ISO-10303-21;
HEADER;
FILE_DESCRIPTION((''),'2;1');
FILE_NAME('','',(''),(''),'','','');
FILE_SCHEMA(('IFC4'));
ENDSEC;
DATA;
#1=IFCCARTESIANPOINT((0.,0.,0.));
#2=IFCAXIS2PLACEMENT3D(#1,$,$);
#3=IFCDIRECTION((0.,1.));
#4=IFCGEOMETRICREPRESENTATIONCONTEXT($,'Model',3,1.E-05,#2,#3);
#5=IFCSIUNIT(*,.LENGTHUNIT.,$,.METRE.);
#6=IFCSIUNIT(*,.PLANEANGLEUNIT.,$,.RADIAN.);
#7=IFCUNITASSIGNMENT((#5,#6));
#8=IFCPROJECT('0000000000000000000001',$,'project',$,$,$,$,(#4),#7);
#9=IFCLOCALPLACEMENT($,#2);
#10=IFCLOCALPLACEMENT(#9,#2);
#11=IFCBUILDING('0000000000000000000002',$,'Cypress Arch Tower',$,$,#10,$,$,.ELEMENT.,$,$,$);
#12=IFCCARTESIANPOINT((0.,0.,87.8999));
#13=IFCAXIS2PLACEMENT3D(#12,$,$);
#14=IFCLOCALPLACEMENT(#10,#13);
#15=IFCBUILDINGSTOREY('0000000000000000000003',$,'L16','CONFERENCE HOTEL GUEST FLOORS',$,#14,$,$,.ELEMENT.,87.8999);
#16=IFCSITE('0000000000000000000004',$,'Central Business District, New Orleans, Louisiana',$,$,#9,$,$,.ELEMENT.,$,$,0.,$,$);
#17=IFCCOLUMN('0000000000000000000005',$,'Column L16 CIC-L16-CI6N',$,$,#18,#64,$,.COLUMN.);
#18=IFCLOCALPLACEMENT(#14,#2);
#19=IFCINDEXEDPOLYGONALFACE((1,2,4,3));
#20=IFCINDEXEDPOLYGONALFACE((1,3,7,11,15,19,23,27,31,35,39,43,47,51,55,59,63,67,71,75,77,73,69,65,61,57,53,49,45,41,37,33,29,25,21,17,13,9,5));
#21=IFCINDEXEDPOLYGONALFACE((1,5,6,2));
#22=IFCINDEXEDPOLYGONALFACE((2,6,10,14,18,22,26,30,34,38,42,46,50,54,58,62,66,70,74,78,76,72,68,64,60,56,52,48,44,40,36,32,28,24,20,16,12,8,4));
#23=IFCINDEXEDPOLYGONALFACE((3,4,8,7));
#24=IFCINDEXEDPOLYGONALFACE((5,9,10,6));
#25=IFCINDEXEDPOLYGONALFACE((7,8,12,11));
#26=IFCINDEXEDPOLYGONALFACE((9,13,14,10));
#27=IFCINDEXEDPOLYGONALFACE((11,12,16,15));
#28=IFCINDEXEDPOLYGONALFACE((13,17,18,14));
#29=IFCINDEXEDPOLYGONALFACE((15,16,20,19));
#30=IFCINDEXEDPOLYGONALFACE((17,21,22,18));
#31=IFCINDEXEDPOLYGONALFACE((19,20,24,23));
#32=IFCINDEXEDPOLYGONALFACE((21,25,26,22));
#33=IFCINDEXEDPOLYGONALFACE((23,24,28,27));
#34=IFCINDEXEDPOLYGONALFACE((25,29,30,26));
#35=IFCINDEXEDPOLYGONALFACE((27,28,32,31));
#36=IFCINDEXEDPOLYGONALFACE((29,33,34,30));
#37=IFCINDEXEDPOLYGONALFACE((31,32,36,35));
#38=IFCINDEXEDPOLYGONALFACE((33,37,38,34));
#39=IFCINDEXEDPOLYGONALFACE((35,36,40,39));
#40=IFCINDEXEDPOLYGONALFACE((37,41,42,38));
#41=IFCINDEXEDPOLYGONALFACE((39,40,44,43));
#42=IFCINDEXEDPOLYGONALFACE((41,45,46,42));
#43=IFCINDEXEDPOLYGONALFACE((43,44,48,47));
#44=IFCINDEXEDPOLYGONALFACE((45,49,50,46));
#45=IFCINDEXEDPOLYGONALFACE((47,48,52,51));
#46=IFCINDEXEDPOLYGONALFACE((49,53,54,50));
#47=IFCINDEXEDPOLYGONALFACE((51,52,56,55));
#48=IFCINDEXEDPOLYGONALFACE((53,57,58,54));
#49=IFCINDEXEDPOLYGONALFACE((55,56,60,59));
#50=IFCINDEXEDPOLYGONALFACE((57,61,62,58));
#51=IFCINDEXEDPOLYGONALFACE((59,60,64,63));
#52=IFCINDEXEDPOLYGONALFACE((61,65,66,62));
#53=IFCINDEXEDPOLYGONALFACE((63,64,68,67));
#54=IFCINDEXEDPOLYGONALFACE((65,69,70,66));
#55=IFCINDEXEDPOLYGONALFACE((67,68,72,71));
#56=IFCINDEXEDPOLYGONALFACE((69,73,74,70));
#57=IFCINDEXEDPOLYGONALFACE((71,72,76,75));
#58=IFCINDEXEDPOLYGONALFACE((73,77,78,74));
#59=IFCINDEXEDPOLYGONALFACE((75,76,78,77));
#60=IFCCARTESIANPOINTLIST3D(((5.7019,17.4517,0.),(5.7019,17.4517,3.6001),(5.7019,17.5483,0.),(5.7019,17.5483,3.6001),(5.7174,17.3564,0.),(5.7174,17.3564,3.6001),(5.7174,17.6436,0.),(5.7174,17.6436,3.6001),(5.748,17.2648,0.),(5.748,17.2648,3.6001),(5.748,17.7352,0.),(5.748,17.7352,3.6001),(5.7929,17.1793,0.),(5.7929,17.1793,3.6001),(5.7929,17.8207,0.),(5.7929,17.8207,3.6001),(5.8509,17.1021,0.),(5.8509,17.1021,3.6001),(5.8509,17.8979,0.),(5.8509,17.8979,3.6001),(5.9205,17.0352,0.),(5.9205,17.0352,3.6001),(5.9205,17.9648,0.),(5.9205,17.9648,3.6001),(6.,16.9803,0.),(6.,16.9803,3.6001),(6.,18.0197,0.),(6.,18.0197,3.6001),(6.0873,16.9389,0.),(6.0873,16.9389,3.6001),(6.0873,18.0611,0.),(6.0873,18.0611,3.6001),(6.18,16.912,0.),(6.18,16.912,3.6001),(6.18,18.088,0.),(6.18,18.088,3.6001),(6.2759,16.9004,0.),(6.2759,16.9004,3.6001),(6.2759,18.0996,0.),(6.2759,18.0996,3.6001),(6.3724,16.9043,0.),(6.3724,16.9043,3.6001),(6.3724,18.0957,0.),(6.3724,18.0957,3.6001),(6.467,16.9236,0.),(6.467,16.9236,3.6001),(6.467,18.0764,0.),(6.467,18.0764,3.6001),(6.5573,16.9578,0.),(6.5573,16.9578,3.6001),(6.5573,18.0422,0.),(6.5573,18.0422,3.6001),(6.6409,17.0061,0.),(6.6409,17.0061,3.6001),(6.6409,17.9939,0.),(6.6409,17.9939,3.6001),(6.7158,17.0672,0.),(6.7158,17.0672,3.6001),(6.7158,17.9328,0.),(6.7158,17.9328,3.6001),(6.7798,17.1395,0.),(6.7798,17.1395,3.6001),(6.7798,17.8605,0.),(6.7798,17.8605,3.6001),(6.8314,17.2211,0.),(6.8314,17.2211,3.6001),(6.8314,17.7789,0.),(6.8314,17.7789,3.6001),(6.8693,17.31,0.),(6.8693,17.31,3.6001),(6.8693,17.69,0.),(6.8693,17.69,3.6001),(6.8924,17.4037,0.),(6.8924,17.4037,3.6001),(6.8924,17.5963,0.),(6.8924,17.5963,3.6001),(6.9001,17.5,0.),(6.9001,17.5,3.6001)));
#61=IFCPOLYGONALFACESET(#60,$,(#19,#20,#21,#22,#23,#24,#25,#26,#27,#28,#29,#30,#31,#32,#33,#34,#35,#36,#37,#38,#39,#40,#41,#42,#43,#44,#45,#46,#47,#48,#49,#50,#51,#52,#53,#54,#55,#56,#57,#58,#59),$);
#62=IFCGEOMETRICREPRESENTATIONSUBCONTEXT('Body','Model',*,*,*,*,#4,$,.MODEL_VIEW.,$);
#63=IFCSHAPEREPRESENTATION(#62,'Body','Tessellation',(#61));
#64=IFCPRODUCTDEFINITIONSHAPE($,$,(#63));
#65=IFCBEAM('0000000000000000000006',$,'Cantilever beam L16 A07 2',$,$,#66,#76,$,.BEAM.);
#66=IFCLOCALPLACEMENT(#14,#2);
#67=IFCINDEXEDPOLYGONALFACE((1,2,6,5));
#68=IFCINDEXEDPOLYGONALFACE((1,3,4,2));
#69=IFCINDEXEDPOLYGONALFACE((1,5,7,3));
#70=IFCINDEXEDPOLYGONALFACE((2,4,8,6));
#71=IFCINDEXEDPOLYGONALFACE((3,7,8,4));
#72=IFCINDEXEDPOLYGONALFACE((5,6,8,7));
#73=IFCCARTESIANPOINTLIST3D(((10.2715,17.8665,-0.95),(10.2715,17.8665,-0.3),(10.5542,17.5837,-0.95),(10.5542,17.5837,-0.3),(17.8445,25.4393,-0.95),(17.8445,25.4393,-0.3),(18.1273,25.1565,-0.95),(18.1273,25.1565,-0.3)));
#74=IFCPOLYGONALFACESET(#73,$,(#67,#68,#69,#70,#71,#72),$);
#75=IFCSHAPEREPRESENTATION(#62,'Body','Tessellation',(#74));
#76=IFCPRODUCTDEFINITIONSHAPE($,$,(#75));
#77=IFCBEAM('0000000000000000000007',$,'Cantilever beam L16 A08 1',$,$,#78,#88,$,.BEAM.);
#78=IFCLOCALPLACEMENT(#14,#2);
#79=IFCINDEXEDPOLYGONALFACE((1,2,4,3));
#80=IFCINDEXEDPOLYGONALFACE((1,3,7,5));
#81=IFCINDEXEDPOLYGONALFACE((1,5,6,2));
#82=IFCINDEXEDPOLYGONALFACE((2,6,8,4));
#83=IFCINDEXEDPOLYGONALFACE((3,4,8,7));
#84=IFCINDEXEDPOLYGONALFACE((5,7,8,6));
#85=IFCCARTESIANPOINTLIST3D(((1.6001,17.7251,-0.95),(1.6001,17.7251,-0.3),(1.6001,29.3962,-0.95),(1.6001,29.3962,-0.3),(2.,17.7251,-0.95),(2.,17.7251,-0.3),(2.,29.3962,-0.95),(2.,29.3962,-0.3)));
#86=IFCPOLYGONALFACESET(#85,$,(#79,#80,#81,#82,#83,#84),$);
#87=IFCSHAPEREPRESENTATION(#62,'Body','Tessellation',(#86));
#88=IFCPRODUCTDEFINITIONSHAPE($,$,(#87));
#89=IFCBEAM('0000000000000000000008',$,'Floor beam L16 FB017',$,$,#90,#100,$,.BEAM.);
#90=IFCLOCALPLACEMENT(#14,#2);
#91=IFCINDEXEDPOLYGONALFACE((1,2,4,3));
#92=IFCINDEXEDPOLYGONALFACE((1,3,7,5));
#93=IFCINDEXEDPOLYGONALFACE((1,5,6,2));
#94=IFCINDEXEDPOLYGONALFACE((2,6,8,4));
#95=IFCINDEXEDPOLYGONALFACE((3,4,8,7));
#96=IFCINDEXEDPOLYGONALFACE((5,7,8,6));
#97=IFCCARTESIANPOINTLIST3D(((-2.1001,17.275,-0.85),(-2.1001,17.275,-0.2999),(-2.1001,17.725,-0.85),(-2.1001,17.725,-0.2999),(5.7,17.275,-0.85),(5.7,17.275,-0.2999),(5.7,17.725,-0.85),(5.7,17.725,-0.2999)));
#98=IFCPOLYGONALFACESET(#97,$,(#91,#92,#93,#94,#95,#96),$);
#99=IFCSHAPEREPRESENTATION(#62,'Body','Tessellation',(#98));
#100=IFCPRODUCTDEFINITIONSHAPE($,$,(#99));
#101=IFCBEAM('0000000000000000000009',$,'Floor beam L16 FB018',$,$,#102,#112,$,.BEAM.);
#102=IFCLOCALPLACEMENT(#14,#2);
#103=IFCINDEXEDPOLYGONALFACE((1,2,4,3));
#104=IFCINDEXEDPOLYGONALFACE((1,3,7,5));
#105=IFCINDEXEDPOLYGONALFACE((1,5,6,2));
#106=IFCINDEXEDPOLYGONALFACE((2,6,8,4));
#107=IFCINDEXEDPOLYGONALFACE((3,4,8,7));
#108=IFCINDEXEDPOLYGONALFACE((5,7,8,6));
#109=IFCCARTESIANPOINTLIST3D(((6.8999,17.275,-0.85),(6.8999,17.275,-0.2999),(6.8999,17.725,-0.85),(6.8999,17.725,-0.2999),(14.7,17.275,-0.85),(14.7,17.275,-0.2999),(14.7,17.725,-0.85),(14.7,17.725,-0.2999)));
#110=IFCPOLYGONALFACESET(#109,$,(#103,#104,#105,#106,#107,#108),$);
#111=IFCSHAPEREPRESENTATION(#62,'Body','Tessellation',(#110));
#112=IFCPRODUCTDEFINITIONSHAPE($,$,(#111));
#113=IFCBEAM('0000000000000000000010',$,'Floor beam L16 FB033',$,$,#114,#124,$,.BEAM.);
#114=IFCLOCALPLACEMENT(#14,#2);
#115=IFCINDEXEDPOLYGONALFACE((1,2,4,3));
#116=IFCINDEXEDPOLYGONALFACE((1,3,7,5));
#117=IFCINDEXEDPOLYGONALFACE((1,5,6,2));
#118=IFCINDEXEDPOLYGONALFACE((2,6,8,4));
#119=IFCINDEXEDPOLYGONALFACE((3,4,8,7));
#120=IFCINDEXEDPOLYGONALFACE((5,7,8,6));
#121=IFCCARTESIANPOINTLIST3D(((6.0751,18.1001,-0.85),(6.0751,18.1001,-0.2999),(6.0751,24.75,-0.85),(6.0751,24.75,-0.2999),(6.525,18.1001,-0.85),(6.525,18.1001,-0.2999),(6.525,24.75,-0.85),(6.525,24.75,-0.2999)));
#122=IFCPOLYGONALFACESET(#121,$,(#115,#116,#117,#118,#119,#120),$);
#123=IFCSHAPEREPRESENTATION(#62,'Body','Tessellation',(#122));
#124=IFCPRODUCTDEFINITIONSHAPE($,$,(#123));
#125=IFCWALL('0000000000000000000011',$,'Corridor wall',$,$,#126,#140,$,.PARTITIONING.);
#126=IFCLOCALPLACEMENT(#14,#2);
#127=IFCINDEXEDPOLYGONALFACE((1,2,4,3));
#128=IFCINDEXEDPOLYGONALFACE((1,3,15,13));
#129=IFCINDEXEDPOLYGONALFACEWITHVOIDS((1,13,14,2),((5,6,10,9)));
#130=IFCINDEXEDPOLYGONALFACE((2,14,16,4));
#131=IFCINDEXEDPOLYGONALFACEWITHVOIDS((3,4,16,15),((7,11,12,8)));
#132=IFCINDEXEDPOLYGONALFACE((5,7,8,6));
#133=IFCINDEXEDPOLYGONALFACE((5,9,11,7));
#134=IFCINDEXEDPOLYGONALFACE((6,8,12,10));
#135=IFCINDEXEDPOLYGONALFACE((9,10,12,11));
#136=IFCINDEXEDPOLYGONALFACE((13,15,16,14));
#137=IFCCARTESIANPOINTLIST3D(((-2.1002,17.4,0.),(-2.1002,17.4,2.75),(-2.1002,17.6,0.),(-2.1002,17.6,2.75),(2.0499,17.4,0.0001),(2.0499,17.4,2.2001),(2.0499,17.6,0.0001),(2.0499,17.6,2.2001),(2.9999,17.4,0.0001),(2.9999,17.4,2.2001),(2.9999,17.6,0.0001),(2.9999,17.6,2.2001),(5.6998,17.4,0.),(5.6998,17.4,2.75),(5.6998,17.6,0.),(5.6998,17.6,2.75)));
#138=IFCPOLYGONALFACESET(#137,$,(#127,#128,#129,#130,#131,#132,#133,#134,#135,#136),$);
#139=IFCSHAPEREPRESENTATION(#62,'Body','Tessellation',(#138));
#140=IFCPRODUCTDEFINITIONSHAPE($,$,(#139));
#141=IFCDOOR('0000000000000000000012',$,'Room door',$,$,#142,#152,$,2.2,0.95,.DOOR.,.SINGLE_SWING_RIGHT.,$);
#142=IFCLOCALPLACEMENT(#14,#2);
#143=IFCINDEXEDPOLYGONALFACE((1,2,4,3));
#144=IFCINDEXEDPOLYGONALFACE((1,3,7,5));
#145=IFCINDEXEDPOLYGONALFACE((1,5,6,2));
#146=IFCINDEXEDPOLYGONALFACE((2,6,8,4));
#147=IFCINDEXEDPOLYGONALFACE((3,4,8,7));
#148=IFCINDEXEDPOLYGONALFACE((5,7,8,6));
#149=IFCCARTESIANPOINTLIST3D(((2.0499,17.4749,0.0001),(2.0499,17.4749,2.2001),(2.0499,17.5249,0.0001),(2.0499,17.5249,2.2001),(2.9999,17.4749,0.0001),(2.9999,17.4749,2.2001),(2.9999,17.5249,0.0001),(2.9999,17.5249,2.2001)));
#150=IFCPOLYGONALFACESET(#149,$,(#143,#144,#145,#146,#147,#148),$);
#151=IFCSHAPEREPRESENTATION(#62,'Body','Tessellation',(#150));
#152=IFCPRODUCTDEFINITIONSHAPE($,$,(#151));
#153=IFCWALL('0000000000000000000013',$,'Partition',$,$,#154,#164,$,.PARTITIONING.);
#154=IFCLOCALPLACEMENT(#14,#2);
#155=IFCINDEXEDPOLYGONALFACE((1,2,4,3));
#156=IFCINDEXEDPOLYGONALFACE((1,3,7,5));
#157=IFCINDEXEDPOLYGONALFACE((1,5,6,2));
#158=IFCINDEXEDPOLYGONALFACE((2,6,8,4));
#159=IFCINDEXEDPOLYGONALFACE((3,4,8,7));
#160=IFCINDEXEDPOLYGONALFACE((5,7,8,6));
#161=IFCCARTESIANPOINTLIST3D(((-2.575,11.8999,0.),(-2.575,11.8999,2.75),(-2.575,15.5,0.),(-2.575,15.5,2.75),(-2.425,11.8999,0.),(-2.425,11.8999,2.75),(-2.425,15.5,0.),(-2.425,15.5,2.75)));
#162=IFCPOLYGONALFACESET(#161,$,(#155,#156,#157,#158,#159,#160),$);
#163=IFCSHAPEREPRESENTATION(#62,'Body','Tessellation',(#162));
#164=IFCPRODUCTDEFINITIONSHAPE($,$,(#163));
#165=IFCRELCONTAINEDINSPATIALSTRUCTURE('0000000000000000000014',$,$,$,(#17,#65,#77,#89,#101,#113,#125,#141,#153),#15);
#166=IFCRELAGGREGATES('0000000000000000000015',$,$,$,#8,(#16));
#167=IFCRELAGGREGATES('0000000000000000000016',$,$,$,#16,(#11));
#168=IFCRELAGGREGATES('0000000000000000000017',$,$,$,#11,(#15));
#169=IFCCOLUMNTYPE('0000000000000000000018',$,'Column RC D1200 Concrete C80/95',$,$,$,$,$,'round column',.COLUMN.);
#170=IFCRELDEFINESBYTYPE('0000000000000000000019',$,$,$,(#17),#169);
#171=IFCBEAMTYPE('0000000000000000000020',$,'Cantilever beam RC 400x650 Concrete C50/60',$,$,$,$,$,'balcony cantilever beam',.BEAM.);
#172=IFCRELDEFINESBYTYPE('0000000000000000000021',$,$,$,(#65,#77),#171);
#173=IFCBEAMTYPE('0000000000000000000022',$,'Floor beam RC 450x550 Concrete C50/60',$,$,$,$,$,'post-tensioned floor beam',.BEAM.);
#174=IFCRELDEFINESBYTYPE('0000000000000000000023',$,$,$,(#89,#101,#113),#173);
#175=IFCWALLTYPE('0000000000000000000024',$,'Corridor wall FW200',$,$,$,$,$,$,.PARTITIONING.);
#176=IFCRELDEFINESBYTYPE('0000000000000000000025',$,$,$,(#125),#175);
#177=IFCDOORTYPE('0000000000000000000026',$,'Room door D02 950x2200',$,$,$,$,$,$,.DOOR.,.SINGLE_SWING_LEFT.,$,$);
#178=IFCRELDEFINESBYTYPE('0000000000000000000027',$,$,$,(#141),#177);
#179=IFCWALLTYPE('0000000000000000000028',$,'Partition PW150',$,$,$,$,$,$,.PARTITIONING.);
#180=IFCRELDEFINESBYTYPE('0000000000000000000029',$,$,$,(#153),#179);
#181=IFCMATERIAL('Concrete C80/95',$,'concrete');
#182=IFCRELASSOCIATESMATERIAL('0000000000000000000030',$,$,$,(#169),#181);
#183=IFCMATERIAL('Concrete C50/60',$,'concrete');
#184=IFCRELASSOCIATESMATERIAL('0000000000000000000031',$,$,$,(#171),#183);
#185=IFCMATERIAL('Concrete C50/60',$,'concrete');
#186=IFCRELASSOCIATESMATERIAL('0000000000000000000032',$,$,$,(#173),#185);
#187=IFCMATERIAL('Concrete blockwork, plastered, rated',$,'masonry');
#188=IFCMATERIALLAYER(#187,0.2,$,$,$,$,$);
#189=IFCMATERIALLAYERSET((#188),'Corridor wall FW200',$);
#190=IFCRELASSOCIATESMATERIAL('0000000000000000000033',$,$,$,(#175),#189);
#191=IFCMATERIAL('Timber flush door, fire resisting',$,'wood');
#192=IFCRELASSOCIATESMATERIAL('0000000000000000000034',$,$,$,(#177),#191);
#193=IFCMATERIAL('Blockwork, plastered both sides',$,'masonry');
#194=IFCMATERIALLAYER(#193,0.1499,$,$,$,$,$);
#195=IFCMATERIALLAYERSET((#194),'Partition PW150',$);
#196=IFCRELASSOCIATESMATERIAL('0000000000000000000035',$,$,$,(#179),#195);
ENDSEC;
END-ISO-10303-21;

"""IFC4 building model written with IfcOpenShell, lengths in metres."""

from ifc_helpers import new_model, si_unit, direction, frame, frame_2d, origin, origin_2d, place, context, subcontext, project, spatial, rectangle, circle, extrude, material, layer, layer_set, material_profile, profile_set, type_object, element, fill, save


model = new_model("IFC4")

# Units and contexts
model_context = context("Model", 3, precision=1e-05, world=origin(), true_north=direction((0.0, 1.0)))
body_context = subcontext(model_context, "Body", "Model", "MODEL_VIEW")
ifc_project = project(units=[si_unit("LENGTHUNIT", "METRE"), si_unit("PLANEANGLEUNIT", "RADIAN")], contexts=[model_context])

# Site, building, storey
site_placement = place(None, origin())
site = spatial("IfcSite", under=ifc_project, at=site_placement, Name="Central Business District, New Orleans, Louisiana", CompositionType="ELEMENT", RefElevation=0.0)
building_placement = place(site_placement, origin())
building = spatial("IfcBuilding", under=site, at=building_placement, Name="Cypress Arch Tower", CompositionType="ELEMENT")
storey_placement = place(building_placement, frame((0.0, 0.0, 87.8999)))
storey = spatial("IfcBuildingStorey", under=building, at=storey_placement, Name="L16", Description="CONFERENCE HOTEL GUEST FLOORS", CompositionType="ELEMENT", Elevation=87.8999)

# Column
ifc_material_1 = material(Name="Concrete C80/95", Category="concrete")
ifc_material_profile_1 = material_profile(ifc_material_1, circle(Radius=0.6001, at=origin_2d()), Name="RC D1200")
ifc_profile_set_1 = profile_set([ifc_material_profile_1], Name="Concrete C80/95")
column_type = type_object("IfcColumnType", Name="Column RC D1200 Concrete C80/95", ElementType="round column", PredefinedType="COLUMN", material=ifc_profile_set_1)
column_placement = place(storey_placement, frame((6.3, 17.5, 0.0), z_axis=(0.0, 0.0, 1.0), x_axis=(1.0, 0.0, 0.0)))
element("IfcColumn", 1, at=column_placement, inside=storey, type_object=column_type, Name="Column L16 CIC-L16-CI6N", PredefinedType="COLUMN", context=body_context, shape_type="SweptSolid", body=[
    extrude(circle(Radius=0.6001, at=origin_2d()), origin(), (0.0, 0.0, 1.0), 3.6001),
])

# Beams
ifc_material_2 = material(Name="Concrete C50/60", Category="concrete")
ifc_material_profile_2 = material_profile(ifc_material_2, rectangle(XDim=0.3999, YDim=0.6499, at=origin_2d()), Name="RC 400x650")
ifc_profile_set_2 = profile_set([ifc_material_profile_2], Name="Concrete C50/60")
beam_type_1 = type_object("IfcBeamType", Name="Cantilever beam RC 400x650 Concrete C50/60", ElementType="balcony cantilever beam", PredefinedType="BEAM", material=ifc_profile_set_2)
beam_1_placement = place(storey_placement, frame((10.4128, 17.7251, -0.625), z_axis=(0.707118, 0.707095, 0.0), x_axis=(-0.707095, 0.707118, 0.0)))
element("IfcBeam", 2, at=beam_1_placement, inside=storey, type_object=beam_type_1, Name="Cantilever beam L16 A07 2", PredefinedType="BEAM", context=body_context, shape_type="SweptSolid", body=[
    extrude(rectangle(XDim=0.3999, YDim=0.6499, at=origin_2d()), origin(), (0.0, 0.0, 1.0), 10.7097),
])
beam_2_placement = place(storey_placement, frame((1.8, 17.7251, -0.625), z_axis=(0.0, 1.0, 0.0), x_axis=(-1.0, 0.0, 0.0)))
element("IfcBeam", 3, at=beam_2_placement, inside=storey, type_object=beam_type_1, Name="Cantilever beam L16 A08 1", PredefinedType="BEAM", context=body_context, shape_type="SweptSolid", body=[
    extrude(rectangle(XDim=0.3999, YDim=0.6499, at=origin_2d()), origin(), (0.0, 0.0, 1.0), 11.6711),
])
ifc_material_3 = material(Name="Concrete C50/60", Category="concrete")
ifc_material_profile_3 = material_profile(ifc_material_3, rectangle(XDim=0.45, YDim=0.55, at=origin_2d()), Name="RC 450x550")
ifc_profile_set_3 = profile_set([ifc_material_profile_3], Name="Concrete C50/60")
beam_type_2 = type_object("IfcBeamType", Name="Floor beam RC 450x550 Concrete C50/60", ElementType="post-tensioned floor beam", PredefinedType="BEAM", material=ifc_profile_set_3)
for number, where, z_axis, x_axis, name in (
    (4, (-2.1001, 17.5, -0.575), (1.0, 0.0, 0.0), (0.0, 1.0, 0.0), "Floor beam L16 FB017"),
    (5, (6.8999, 17.5, -0.575), (1.0, 0.0, 0.0), (0.0, 1.0, 0.0), "Floor beam L16 FB018"),
):
    element("IfcBeam", number, at=place(storey_placement, frame(where, z_axis=z_axis, x_axis=x_axis)), inside=storey, type_object=beam_type_2, Name=name, PredefinedType="BEAM", context=body_context, shape_type="SweptSolid", body=[
        extrude(rectangle(XDim=0.45, YDim=0.55, at=origin_2d()), origin(), (0.0, 0.0, 1.0), 7.8),
    ])
beam_3_placement = place(storey_placement, frame((6.3, 18.1001, -0.575), z_axis=(0.0, 1.0, 0.0), x_axis=(-1.0, 0.0, 0.0)))
element("IfcBeam", 6, at=beam_3_placement, inside=storey, type_object=beam_type_2, Name="Floor beam L16 FB033", PredefinedType="BEAM", context=body_context, shape_type="SweptSolid", body=[
    extrude(rectangle(XDim=0.45, YDim=0.55, at=origin_2d()), origin(), (0.0, 0.0, 1.0), 6.6499),
])

# Wall, opening, door
ifc_material_4 = material(Name="Concrete blockwork, plastered, rated", Category="masonry")
ifc_layer_1 = layer(ifc_material_4, 0.2)
ifc_layer_set_1 = layer_set([ifc_layer_1], Name="Corridor wall FW200")
wall_type_1 = type_object("IfcWallType", Name="Corridor wall FW200", PredefinedType="PARTITIONING", material=ifc_layer_set_1)
wall_1_placement = place(storey_placement, frame((-2.1001, 17.5, 0.0), z_axis=(0.0, 0.0, 1.0), x_axis=(1.0, 0.0, 0.0)))
wall_1 = element("IfcWall", 7, at=wall_1_placement, inside=storey, type_object=wall_type_1, Name="Corridor wall", PredefinedType="PARTITIONING", context=body_context, shape_type="SweptSolid", body=[
    extrude(rectangle(XDim=7.8, YDim=0.2, at=frame_2d((3.8999, 0.0))), origin(), (0.0, 0.0, 1.0), 2.75),
])
opening_1_placement = place(wall_1_placement, frame((4.1499, 0.0, 0.0)))
opening_1 = element("IfcOpeningElement", 8, at=opening_1_placement, cuts=wall_1, PredefinedType="OPENING", context=body_context, shape_type="SweptSolid", body=[
    extrude(rectangle(XDim=0.95, YDim=2.2, at=frame_2d((0.4751, 1.1001))), frame((0.0, 0.1099, 0.0), z_axis=(0.0, -1.0, 0.0), x_axis=(1.0, 0.0, 0.0)), (0.0, 0.0, 1.0), 0.22),
])
ifc_material_5 = material(Name="Timber flush door, fire resisting", Category="wood")
door_type_1 = type_object("IfcDoorType", Name="Room door D02 950x2200", OperationType="SINGLE_SWING_LEFT", PredefinedType="DOOR", material=ifc_material_5)
door_1_placement = place(opening_1_placement, origin())
door_1 = element("IfcDoor", 9, at=door_1_placement, inside=storey, type_object=door_type_1, Name="Room door", OperationType="SINGLE_SWING_RIGHT", OverallHeight=2.2, OverallWidth=0.95, PredefinedType="DOOR", context=body_context, shape_type="SweptSolid", body=[
    extrude(rectangle(XDim=0.95, YDim=2.2, at=frame_2d((0.4751, 1.1001))), frame((0.0, 0.0249, 0.0), z_axis=(0.0, -1.0, 0.0), x_axis=(1.0, 0.0, 0.0)), (0.0, 0.0, 1.0), 0.05),
])
fill(opening_1, door_1)

# Wall
ifc_material_6 = material(Name="Blockwork, plastered both sides", Category="masonry")
ifc_layer_2 = layer(ifc_material_6, 0.1499)
ifc_layer_set_2 = layer_set([ifc_layer_2], Name="Partition PW150")
wall_type_2 = type_object("IfcWallType", Name="Partition PW150", PredefinedType="PARTITIONING", material=ifc_layer_set_2)
wall_2_placement = place(storey_placement, frame((-2.5, 11.8999, 0.0), z_axis=(0.0, 0.0, 1.0), x_axis=(0.0, 1.0, 0.0)))
element("IfcWall", 10, at=wall_2_placement, inside=storey, type_object=wall_type_2, Name="Partition", PredefinedType="PARTITIONING", context=body_context, shape_type="SweptSolid", body=[
    extrude(rectangle(XDim=3.6001, YDim=0.1499, at=frame_2d((1.8, 0.0))), origin(), (0.0, 0.0, 1.0), 2.75),
])

save(model, "model.ifc")
